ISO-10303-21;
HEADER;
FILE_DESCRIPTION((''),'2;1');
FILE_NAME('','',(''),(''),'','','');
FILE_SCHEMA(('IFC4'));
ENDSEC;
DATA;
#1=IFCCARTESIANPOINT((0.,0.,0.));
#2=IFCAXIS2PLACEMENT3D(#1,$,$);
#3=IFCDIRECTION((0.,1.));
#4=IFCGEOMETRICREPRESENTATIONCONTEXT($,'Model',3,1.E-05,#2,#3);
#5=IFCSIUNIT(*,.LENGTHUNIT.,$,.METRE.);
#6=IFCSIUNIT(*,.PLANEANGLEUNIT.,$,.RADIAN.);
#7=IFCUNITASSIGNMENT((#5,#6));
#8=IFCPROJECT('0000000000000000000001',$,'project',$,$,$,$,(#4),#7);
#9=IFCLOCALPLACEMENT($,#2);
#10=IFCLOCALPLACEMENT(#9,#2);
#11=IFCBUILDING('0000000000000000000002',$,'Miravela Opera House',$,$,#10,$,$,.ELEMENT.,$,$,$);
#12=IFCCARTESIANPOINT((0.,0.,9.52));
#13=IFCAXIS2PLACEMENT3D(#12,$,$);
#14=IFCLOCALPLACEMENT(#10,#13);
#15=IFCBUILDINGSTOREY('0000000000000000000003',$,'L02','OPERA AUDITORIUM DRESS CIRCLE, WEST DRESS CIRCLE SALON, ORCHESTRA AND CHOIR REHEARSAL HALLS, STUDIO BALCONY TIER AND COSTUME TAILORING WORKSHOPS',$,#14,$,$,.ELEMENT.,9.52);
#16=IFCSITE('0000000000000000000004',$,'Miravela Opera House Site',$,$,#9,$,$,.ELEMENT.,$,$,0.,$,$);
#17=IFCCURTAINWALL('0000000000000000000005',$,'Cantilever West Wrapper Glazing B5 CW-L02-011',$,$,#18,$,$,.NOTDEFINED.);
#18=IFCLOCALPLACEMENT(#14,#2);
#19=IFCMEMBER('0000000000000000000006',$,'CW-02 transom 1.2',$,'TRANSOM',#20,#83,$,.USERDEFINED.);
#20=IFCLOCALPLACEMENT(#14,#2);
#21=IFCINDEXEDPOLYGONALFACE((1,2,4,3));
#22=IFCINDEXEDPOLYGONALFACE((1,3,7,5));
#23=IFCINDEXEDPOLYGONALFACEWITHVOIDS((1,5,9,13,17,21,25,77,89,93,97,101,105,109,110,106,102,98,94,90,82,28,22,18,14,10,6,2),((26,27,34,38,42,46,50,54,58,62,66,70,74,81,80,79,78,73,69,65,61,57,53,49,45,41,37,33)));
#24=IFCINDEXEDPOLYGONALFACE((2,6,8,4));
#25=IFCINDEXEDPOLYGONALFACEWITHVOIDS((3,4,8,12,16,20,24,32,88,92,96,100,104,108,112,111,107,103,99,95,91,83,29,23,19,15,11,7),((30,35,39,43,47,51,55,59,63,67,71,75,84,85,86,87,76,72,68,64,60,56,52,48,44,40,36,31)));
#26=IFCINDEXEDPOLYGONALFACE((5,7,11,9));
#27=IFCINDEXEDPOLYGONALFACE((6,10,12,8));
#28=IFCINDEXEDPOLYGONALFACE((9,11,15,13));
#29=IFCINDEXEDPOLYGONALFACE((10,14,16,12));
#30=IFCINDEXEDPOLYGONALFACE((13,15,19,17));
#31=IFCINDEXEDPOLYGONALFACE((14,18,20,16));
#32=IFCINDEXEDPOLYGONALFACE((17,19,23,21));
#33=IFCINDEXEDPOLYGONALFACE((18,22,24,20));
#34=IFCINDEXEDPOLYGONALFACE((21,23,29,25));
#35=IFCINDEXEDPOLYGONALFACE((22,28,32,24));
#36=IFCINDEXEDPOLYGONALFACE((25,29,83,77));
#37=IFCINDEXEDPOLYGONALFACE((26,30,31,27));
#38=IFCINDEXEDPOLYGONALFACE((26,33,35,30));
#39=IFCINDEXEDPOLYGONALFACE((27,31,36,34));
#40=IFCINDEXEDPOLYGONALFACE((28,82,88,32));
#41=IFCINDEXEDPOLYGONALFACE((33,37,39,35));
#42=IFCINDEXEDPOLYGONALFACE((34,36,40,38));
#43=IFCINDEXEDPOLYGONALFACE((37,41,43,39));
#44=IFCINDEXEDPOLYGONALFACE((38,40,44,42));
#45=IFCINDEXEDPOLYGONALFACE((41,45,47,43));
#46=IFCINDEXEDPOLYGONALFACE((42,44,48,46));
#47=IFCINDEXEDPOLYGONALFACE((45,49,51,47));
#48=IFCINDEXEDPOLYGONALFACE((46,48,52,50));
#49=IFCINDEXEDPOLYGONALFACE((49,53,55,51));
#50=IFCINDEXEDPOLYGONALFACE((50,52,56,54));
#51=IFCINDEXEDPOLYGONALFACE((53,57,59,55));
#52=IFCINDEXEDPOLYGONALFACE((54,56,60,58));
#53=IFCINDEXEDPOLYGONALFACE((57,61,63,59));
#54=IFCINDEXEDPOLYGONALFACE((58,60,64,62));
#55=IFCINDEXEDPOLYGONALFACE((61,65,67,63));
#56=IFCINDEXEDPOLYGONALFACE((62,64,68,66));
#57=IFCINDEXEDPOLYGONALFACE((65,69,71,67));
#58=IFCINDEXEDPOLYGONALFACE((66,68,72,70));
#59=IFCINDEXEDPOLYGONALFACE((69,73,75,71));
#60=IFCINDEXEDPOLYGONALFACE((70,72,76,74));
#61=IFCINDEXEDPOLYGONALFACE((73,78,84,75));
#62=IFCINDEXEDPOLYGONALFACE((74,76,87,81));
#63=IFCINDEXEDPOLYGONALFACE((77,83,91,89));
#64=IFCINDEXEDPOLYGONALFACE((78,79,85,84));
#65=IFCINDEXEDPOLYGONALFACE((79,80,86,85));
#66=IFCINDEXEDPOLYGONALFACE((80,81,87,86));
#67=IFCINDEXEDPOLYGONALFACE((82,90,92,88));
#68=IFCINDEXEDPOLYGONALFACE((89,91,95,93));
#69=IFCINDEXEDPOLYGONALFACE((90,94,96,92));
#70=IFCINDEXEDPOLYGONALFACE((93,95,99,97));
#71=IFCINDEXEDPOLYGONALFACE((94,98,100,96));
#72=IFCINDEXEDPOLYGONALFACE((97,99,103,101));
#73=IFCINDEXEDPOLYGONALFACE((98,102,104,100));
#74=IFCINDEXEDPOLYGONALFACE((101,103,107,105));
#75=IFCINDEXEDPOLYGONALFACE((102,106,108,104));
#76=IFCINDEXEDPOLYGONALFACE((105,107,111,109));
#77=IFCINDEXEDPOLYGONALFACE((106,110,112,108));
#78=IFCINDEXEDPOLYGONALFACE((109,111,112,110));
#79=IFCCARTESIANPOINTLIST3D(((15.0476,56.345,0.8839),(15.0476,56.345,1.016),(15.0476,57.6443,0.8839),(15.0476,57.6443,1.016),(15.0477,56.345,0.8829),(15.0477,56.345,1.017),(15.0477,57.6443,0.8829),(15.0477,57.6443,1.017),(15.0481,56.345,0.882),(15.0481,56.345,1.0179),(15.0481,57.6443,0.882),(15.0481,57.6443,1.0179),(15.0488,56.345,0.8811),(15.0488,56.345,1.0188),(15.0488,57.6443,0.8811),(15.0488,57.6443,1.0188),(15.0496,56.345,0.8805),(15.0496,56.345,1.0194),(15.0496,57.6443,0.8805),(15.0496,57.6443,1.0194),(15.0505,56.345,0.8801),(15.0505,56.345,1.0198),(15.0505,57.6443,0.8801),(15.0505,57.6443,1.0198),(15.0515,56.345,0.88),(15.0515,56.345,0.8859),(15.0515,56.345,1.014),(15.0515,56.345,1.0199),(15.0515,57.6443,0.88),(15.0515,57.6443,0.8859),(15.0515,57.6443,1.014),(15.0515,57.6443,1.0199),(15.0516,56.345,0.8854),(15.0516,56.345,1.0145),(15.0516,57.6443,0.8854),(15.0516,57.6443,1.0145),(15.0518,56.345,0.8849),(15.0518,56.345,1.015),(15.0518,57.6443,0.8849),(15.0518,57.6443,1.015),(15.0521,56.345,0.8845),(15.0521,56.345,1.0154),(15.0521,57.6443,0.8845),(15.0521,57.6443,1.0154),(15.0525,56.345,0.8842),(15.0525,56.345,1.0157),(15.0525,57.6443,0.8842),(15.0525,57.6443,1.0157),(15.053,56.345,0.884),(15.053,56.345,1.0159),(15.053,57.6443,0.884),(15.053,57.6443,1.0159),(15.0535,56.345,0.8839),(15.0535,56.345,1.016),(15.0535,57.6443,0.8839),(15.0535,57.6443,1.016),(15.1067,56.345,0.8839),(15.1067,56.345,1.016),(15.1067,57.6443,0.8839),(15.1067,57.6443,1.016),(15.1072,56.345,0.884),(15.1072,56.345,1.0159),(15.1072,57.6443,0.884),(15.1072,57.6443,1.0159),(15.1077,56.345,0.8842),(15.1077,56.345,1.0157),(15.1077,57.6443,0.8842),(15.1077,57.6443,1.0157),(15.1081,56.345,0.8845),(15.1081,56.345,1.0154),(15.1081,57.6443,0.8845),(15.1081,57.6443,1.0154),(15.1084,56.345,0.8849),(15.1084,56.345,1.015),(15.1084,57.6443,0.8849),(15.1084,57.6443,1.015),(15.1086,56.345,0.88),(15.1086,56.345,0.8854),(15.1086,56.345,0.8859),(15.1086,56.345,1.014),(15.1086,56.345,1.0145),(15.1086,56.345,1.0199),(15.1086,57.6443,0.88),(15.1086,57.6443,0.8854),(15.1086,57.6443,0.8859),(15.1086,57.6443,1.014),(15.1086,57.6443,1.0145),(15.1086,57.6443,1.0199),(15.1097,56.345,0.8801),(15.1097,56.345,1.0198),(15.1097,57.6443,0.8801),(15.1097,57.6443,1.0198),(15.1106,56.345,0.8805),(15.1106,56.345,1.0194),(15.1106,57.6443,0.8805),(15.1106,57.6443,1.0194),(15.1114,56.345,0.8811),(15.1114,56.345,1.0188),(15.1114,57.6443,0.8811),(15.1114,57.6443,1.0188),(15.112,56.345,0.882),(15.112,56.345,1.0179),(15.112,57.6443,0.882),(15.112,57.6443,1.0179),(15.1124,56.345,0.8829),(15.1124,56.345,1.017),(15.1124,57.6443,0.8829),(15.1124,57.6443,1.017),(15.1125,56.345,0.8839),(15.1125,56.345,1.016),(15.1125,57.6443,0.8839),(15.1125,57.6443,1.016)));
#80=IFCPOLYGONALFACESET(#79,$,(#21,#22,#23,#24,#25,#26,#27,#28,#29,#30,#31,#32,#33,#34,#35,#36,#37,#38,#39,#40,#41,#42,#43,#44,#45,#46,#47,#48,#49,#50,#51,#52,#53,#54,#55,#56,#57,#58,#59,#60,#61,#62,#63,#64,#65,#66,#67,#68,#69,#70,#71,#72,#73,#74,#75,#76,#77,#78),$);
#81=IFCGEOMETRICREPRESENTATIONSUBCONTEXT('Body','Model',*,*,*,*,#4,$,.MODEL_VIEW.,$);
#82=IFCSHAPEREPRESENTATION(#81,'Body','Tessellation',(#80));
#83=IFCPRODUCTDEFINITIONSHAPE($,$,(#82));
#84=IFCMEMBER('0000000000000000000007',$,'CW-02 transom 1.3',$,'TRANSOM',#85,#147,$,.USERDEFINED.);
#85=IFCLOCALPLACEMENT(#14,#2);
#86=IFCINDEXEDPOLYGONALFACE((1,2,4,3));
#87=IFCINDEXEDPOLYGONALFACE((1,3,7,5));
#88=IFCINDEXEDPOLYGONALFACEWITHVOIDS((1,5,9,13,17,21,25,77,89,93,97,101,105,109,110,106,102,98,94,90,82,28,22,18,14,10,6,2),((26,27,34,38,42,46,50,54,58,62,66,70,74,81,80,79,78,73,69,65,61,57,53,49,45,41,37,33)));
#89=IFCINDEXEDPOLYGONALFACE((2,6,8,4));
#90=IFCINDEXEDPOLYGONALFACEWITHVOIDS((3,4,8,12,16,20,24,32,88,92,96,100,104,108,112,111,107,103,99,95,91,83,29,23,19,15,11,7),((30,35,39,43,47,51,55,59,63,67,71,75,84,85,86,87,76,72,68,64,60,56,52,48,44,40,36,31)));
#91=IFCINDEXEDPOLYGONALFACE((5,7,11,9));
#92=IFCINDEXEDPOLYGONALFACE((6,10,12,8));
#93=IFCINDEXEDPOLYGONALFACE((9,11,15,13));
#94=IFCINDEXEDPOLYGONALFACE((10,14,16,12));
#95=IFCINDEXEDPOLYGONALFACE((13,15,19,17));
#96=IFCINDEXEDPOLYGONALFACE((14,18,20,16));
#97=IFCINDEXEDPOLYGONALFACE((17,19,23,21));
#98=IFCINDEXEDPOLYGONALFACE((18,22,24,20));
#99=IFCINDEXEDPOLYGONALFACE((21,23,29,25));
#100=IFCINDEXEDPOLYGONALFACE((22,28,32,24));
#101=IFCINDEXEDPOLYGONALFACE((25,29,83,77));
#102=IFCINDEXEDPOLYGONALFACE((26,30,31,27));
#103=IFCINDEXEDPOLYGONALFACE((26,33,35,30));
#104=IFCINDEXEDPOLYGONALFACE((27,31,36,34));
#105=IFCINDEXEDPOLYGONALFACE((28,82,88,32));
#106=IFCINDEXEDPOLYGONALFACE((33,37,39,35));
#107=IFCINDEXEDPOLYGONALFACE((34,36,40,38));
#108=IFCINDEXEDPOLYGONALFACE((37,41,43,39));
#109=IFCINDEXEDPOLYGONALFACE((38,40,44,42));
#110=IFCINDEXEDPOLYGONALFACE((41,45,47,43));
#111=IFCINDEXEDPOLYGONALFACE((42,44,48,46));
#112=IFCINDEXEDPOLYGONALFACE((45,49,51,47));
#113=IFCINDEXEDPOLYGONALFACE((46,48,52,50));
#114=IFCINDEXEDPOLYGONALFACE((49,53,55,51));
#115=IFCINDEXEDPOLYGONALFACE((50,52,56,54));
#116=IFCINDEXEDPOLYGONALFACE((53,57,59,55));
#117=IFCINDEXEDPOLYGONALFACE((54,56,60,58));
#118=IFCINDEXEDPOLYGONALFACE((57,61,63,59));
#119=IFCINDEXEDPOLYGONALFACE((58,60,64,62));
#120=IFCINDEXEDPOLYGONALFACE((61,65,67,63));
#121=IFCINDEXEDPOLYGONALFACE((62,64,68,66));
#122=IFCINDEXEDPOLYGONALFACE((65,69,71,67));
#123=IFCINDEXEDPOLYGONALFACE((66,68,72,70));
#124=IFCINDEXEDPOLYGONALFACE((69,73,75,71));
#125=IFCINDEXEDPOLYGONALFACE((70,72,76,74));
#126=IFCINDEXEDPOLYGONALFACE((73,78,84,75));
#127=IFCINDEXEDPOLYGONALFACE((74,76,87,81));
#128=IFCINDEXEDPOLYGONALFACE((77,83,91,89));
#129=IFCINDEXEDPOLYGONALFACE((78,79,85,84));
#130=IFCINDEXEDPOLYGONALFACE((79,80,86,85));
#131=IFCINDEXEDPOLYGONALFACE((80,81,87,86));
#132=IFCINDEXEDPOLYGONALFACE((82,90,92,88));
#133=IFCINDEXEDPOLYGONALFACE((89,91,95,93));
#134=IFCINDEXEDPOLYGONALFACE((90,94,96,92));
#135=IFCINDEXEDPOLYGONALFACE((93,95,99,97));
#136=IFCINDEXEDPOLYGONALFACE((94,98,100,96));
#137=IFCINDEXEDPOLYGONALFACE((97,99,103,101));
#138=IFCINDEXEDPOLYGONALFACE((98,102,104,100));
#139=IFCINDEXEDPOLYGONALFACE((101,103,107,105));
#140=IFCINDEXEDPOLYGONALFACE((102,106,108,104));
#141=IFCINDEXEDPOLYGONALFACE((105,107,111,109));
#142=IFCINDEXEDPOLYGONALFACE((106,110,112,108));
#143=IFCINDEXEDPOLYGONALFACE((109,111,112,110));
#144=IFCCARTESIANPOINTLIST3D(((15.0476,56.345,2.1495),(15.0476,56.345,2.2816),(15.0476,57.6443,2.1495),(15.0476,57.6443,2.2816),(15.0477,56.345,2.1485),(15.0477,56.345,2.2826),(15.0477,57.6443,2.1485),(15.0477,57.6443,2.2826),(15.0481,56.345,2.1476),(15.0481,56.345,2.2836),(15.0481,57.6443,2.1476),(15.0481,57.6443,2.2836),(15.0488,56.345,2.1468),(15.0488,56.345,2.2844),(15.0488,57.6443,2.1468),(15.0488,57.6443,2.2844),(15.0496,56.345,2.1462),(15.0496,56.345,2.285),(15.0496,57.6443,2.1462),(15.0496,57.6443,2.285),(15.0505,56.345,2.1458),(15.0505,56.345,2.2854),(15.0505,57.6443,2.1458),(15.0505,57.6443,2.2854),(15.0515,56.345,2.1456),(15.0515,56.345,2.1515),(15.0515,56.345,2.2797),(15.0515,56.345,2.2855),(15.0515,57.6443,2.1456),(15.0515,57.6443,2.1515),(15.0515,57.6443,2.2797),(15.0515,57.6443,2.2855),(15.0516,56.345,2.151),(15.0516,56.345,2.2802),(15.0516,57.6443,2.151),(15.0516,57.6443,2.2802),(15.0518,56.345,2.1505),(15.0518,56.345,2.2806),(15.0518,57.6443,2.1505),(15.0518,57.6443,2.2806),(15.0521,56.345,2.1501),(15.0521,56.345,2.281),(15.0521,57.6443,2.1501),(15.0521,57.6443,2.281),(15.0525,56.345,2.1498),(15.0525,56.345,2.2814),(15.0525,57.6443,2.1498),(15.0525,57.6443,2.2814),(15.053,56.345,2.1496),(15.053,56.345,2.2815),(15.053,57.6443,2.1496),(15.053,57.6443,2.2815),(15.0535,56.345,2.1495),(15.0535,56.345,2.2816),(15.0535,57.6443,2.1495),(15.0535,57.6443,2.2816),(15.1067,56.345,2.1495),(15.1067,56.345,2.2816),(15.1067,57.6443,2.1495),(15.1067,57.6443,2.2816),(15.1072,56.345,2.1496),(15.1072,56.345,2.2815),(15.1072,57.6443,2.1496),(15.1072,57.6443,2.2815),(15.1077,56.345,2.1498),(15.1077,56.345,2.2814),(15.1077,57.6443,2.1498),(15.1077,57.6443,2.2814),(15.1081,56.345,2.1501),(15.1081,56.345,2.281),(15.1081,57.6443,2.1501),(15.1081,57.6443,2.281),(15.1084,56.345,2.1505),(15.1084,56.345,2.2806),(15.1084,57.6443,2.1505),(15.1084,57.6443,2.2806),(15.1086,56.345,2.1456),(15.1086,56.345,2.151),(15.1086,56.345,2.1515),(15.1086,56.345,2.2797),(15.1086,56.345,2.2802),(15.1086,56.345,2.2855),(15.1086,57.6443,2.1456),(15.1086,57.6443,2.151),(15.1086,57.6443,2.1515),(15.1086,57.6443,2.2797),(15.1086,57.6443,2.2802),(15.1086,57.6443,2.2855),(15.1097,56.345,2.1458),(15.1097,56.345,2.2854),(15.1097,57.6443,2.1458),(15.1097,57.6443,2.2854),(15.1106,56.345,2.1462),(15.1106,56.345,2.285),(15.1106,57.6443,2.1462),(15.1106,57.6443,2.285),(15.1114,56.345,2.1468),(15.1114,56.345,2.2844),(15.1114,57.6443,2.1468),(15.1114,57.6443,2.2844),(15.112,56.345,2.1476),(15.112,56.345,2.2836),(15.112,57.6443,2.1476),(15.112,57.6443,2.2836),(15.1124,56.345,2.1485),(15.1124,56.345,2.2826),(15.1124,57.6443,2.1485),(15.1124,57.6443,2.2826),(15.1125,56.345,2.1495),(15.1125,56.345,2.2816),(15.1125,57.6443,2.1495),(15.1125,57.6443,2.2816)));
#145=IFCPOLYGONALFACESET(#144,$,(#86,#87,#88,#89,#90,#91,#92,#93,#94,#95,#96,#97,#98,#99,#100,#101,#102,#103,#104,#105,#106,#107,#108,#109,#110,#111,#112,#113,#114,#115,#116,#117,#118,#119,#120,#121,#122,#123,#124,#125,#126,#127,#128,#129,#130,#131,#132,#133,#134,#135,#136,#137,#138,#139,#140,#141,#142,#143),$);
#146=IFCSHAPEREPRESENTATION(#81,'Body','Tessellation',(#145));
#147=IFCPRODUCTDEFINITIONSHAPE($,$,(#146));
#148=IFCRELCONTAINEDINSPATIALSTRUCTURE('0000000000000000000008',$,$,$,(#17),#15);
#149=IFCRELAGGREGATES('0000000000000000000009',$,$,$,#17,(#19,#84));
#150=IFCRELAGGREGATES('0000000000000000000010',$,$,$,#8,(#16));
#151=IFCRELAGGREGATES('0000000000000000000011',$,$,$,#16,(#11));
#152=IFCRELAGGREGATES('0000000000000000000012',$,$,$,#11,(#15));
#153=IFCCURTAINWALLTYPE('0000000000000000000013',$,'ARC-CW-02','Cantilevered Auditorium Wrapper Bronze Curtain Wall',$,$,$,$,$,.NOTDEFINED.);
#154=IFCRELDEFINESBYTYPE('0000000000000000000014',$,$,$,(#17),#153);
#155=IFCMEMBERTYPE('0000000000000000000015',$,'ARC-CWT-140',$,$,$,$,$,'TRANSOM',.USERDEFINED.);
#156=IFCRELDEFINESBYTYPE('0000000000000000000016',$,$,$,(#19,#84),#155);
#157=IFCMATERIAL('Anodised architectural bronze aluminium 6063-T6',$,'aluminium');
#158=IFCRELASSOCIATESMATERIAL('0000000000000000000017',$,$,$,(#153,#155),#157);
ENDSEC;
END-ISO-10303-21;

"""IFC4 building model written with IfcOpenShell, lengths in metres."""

from ifc_helpers import new_model, si_unit, direction, frame, origin, origin_2d, place, context, subcontext, project, spatial, hollow_rectangle, extrude, material, material_profile, profile_set, type_object, element, aggregate, save


model = new_model("IFC4")

# Units and contexts
model_context = context("Model", 3, precision=1e-05, world=origin(), true_north=direction((0.0, 1.0)))
body_context = subcontext(model_context, "Body", "Model", "MODEL_VIEW")
ifc_project = project(units=[si_unit("LENGTHUNIT", "METRE"), si_unit("PLANEANGLEUNIT", "RADIAN")], contexts=[model_context])

# Site, building, storey
site_placement = place(None, origin())
site = spatial("IfcSite", under=ifc_project, at=site_placement, Name="Miravela Opera House Site", CompositionType="ELEMENT", RefElevation=0.0)
building_placement = place(site_placement, origin())
building = spatial("IfcBuilding", under=site, at=building_placement, Name="Miravela Opera House", CompositionType="ELEMENT")
storey_placement = place(building_placement, frame((0.0, 0.0, 9.52)))
storey = spatial("IfcBuildingStorey", under=building, at=storey_placement, Name="L02", Description="OPERA AUDITORIUM DRESS CIRCLE, WEST DRESS CIRCLE SALON, ORCHESTRA AND CHOIR REHEARSAL HALLS, STUDIO BALCONY TIER AND COSTUME TAILORING WORKSHOPS", CompositionType="ELEMENT", Elevation=9.52)

# Curtain wall, members
ifc_material_1 = material(Name="Anodised architectural bronze aluminium 6063-T6", Category="aluminium")
curtain_wall_type = type_object("IfcCurtainWallType", Name="ARC-CW-02", Description="Cantilevered Auditorium Wrapper Bronze Curtain Wall", PredefinedType="NOTDEFINED", material=ifc_material_1)
curtain_wall_placement = place(storey_placement, origin())
curtain_wall = element("IfcCurtainWall", 1, at=curtain_wall_placement, inside=storey, type_object=curtain_wall_type, Name="Cantilever West Wrapper Glazing B5 CW-L02-011", PredefinedType="NOTDEFINED")
ifc_material_profile_1 = material_profile(ifc_material_1, hollow_rectangle(XDim=0.0649, YDim=0.1399, WallThickness=0.0039, InnerFilletRadius=0.002, OuterFilletRadius=0.0039, at=origin_2d()), Name="CWT-65X140")
ifc_profile_set_1 = profile_set([ifc_material_profile_1])
member_type_1 = type_object("IfcMemberType", Name="ARC-CWT-140", ElementType="TRANSOM", PredefinedType="USERDEFINED", material=ifc_profile_set_1)
member_1_placement = place(storey_placement, frame((15.0801, 56.345, 0.95), z_axis=(0.0, 1.0, 0.0), x_axis=(-1.0, 0.0, 0.0)))
member_1 = element("IfcMember", 2, at=member_1_placement, type_object=member_type_1, Name="CW-02 transom 1.2", ObjectType="TRANSOM", PredefinedType="USERDEFINED", context=body_context, shape_type="SweptSolid", body=[
    extrude(hollow_rectangle(XDim=0.0649, YDim=0.1399, WallThickness=0.0039, InnerFilletRadius=0.002, OuterFilletRadius=0.0039, at=origin_2d()), origin(), (0.0, 0.0, 1.0), 1.2993),
])
member_2_placement = place(storey_placement, frame((15.0801, 56.345, 2.2156), z_axis=(0.0, 1.0, 0.0), x_axis=(-1.0, 0.0, 0.0)))
member_2 = element("IfcMember", 3, at=member_2_placement, type_object=member_type_1, Name="CW-02 transom 1.3", ObjectType="TRANSOM", PredefinedType="USERDEFINED", context=body_context, shape_type="SweptSolid", body=[
    extrude(hollow_rectangle(XDim=0.0649, YDim=0.1399, WallThickness=0.0039, InnerFilletRadius=0.002, OuterFilletRadius=0.0039, at=origin_2d()), origin(), (0.0, 0.0, 1.0), 1.2993),
])

aggregate(curtain_wall, [member_1, member_2])

save(model, "model.ifc")
